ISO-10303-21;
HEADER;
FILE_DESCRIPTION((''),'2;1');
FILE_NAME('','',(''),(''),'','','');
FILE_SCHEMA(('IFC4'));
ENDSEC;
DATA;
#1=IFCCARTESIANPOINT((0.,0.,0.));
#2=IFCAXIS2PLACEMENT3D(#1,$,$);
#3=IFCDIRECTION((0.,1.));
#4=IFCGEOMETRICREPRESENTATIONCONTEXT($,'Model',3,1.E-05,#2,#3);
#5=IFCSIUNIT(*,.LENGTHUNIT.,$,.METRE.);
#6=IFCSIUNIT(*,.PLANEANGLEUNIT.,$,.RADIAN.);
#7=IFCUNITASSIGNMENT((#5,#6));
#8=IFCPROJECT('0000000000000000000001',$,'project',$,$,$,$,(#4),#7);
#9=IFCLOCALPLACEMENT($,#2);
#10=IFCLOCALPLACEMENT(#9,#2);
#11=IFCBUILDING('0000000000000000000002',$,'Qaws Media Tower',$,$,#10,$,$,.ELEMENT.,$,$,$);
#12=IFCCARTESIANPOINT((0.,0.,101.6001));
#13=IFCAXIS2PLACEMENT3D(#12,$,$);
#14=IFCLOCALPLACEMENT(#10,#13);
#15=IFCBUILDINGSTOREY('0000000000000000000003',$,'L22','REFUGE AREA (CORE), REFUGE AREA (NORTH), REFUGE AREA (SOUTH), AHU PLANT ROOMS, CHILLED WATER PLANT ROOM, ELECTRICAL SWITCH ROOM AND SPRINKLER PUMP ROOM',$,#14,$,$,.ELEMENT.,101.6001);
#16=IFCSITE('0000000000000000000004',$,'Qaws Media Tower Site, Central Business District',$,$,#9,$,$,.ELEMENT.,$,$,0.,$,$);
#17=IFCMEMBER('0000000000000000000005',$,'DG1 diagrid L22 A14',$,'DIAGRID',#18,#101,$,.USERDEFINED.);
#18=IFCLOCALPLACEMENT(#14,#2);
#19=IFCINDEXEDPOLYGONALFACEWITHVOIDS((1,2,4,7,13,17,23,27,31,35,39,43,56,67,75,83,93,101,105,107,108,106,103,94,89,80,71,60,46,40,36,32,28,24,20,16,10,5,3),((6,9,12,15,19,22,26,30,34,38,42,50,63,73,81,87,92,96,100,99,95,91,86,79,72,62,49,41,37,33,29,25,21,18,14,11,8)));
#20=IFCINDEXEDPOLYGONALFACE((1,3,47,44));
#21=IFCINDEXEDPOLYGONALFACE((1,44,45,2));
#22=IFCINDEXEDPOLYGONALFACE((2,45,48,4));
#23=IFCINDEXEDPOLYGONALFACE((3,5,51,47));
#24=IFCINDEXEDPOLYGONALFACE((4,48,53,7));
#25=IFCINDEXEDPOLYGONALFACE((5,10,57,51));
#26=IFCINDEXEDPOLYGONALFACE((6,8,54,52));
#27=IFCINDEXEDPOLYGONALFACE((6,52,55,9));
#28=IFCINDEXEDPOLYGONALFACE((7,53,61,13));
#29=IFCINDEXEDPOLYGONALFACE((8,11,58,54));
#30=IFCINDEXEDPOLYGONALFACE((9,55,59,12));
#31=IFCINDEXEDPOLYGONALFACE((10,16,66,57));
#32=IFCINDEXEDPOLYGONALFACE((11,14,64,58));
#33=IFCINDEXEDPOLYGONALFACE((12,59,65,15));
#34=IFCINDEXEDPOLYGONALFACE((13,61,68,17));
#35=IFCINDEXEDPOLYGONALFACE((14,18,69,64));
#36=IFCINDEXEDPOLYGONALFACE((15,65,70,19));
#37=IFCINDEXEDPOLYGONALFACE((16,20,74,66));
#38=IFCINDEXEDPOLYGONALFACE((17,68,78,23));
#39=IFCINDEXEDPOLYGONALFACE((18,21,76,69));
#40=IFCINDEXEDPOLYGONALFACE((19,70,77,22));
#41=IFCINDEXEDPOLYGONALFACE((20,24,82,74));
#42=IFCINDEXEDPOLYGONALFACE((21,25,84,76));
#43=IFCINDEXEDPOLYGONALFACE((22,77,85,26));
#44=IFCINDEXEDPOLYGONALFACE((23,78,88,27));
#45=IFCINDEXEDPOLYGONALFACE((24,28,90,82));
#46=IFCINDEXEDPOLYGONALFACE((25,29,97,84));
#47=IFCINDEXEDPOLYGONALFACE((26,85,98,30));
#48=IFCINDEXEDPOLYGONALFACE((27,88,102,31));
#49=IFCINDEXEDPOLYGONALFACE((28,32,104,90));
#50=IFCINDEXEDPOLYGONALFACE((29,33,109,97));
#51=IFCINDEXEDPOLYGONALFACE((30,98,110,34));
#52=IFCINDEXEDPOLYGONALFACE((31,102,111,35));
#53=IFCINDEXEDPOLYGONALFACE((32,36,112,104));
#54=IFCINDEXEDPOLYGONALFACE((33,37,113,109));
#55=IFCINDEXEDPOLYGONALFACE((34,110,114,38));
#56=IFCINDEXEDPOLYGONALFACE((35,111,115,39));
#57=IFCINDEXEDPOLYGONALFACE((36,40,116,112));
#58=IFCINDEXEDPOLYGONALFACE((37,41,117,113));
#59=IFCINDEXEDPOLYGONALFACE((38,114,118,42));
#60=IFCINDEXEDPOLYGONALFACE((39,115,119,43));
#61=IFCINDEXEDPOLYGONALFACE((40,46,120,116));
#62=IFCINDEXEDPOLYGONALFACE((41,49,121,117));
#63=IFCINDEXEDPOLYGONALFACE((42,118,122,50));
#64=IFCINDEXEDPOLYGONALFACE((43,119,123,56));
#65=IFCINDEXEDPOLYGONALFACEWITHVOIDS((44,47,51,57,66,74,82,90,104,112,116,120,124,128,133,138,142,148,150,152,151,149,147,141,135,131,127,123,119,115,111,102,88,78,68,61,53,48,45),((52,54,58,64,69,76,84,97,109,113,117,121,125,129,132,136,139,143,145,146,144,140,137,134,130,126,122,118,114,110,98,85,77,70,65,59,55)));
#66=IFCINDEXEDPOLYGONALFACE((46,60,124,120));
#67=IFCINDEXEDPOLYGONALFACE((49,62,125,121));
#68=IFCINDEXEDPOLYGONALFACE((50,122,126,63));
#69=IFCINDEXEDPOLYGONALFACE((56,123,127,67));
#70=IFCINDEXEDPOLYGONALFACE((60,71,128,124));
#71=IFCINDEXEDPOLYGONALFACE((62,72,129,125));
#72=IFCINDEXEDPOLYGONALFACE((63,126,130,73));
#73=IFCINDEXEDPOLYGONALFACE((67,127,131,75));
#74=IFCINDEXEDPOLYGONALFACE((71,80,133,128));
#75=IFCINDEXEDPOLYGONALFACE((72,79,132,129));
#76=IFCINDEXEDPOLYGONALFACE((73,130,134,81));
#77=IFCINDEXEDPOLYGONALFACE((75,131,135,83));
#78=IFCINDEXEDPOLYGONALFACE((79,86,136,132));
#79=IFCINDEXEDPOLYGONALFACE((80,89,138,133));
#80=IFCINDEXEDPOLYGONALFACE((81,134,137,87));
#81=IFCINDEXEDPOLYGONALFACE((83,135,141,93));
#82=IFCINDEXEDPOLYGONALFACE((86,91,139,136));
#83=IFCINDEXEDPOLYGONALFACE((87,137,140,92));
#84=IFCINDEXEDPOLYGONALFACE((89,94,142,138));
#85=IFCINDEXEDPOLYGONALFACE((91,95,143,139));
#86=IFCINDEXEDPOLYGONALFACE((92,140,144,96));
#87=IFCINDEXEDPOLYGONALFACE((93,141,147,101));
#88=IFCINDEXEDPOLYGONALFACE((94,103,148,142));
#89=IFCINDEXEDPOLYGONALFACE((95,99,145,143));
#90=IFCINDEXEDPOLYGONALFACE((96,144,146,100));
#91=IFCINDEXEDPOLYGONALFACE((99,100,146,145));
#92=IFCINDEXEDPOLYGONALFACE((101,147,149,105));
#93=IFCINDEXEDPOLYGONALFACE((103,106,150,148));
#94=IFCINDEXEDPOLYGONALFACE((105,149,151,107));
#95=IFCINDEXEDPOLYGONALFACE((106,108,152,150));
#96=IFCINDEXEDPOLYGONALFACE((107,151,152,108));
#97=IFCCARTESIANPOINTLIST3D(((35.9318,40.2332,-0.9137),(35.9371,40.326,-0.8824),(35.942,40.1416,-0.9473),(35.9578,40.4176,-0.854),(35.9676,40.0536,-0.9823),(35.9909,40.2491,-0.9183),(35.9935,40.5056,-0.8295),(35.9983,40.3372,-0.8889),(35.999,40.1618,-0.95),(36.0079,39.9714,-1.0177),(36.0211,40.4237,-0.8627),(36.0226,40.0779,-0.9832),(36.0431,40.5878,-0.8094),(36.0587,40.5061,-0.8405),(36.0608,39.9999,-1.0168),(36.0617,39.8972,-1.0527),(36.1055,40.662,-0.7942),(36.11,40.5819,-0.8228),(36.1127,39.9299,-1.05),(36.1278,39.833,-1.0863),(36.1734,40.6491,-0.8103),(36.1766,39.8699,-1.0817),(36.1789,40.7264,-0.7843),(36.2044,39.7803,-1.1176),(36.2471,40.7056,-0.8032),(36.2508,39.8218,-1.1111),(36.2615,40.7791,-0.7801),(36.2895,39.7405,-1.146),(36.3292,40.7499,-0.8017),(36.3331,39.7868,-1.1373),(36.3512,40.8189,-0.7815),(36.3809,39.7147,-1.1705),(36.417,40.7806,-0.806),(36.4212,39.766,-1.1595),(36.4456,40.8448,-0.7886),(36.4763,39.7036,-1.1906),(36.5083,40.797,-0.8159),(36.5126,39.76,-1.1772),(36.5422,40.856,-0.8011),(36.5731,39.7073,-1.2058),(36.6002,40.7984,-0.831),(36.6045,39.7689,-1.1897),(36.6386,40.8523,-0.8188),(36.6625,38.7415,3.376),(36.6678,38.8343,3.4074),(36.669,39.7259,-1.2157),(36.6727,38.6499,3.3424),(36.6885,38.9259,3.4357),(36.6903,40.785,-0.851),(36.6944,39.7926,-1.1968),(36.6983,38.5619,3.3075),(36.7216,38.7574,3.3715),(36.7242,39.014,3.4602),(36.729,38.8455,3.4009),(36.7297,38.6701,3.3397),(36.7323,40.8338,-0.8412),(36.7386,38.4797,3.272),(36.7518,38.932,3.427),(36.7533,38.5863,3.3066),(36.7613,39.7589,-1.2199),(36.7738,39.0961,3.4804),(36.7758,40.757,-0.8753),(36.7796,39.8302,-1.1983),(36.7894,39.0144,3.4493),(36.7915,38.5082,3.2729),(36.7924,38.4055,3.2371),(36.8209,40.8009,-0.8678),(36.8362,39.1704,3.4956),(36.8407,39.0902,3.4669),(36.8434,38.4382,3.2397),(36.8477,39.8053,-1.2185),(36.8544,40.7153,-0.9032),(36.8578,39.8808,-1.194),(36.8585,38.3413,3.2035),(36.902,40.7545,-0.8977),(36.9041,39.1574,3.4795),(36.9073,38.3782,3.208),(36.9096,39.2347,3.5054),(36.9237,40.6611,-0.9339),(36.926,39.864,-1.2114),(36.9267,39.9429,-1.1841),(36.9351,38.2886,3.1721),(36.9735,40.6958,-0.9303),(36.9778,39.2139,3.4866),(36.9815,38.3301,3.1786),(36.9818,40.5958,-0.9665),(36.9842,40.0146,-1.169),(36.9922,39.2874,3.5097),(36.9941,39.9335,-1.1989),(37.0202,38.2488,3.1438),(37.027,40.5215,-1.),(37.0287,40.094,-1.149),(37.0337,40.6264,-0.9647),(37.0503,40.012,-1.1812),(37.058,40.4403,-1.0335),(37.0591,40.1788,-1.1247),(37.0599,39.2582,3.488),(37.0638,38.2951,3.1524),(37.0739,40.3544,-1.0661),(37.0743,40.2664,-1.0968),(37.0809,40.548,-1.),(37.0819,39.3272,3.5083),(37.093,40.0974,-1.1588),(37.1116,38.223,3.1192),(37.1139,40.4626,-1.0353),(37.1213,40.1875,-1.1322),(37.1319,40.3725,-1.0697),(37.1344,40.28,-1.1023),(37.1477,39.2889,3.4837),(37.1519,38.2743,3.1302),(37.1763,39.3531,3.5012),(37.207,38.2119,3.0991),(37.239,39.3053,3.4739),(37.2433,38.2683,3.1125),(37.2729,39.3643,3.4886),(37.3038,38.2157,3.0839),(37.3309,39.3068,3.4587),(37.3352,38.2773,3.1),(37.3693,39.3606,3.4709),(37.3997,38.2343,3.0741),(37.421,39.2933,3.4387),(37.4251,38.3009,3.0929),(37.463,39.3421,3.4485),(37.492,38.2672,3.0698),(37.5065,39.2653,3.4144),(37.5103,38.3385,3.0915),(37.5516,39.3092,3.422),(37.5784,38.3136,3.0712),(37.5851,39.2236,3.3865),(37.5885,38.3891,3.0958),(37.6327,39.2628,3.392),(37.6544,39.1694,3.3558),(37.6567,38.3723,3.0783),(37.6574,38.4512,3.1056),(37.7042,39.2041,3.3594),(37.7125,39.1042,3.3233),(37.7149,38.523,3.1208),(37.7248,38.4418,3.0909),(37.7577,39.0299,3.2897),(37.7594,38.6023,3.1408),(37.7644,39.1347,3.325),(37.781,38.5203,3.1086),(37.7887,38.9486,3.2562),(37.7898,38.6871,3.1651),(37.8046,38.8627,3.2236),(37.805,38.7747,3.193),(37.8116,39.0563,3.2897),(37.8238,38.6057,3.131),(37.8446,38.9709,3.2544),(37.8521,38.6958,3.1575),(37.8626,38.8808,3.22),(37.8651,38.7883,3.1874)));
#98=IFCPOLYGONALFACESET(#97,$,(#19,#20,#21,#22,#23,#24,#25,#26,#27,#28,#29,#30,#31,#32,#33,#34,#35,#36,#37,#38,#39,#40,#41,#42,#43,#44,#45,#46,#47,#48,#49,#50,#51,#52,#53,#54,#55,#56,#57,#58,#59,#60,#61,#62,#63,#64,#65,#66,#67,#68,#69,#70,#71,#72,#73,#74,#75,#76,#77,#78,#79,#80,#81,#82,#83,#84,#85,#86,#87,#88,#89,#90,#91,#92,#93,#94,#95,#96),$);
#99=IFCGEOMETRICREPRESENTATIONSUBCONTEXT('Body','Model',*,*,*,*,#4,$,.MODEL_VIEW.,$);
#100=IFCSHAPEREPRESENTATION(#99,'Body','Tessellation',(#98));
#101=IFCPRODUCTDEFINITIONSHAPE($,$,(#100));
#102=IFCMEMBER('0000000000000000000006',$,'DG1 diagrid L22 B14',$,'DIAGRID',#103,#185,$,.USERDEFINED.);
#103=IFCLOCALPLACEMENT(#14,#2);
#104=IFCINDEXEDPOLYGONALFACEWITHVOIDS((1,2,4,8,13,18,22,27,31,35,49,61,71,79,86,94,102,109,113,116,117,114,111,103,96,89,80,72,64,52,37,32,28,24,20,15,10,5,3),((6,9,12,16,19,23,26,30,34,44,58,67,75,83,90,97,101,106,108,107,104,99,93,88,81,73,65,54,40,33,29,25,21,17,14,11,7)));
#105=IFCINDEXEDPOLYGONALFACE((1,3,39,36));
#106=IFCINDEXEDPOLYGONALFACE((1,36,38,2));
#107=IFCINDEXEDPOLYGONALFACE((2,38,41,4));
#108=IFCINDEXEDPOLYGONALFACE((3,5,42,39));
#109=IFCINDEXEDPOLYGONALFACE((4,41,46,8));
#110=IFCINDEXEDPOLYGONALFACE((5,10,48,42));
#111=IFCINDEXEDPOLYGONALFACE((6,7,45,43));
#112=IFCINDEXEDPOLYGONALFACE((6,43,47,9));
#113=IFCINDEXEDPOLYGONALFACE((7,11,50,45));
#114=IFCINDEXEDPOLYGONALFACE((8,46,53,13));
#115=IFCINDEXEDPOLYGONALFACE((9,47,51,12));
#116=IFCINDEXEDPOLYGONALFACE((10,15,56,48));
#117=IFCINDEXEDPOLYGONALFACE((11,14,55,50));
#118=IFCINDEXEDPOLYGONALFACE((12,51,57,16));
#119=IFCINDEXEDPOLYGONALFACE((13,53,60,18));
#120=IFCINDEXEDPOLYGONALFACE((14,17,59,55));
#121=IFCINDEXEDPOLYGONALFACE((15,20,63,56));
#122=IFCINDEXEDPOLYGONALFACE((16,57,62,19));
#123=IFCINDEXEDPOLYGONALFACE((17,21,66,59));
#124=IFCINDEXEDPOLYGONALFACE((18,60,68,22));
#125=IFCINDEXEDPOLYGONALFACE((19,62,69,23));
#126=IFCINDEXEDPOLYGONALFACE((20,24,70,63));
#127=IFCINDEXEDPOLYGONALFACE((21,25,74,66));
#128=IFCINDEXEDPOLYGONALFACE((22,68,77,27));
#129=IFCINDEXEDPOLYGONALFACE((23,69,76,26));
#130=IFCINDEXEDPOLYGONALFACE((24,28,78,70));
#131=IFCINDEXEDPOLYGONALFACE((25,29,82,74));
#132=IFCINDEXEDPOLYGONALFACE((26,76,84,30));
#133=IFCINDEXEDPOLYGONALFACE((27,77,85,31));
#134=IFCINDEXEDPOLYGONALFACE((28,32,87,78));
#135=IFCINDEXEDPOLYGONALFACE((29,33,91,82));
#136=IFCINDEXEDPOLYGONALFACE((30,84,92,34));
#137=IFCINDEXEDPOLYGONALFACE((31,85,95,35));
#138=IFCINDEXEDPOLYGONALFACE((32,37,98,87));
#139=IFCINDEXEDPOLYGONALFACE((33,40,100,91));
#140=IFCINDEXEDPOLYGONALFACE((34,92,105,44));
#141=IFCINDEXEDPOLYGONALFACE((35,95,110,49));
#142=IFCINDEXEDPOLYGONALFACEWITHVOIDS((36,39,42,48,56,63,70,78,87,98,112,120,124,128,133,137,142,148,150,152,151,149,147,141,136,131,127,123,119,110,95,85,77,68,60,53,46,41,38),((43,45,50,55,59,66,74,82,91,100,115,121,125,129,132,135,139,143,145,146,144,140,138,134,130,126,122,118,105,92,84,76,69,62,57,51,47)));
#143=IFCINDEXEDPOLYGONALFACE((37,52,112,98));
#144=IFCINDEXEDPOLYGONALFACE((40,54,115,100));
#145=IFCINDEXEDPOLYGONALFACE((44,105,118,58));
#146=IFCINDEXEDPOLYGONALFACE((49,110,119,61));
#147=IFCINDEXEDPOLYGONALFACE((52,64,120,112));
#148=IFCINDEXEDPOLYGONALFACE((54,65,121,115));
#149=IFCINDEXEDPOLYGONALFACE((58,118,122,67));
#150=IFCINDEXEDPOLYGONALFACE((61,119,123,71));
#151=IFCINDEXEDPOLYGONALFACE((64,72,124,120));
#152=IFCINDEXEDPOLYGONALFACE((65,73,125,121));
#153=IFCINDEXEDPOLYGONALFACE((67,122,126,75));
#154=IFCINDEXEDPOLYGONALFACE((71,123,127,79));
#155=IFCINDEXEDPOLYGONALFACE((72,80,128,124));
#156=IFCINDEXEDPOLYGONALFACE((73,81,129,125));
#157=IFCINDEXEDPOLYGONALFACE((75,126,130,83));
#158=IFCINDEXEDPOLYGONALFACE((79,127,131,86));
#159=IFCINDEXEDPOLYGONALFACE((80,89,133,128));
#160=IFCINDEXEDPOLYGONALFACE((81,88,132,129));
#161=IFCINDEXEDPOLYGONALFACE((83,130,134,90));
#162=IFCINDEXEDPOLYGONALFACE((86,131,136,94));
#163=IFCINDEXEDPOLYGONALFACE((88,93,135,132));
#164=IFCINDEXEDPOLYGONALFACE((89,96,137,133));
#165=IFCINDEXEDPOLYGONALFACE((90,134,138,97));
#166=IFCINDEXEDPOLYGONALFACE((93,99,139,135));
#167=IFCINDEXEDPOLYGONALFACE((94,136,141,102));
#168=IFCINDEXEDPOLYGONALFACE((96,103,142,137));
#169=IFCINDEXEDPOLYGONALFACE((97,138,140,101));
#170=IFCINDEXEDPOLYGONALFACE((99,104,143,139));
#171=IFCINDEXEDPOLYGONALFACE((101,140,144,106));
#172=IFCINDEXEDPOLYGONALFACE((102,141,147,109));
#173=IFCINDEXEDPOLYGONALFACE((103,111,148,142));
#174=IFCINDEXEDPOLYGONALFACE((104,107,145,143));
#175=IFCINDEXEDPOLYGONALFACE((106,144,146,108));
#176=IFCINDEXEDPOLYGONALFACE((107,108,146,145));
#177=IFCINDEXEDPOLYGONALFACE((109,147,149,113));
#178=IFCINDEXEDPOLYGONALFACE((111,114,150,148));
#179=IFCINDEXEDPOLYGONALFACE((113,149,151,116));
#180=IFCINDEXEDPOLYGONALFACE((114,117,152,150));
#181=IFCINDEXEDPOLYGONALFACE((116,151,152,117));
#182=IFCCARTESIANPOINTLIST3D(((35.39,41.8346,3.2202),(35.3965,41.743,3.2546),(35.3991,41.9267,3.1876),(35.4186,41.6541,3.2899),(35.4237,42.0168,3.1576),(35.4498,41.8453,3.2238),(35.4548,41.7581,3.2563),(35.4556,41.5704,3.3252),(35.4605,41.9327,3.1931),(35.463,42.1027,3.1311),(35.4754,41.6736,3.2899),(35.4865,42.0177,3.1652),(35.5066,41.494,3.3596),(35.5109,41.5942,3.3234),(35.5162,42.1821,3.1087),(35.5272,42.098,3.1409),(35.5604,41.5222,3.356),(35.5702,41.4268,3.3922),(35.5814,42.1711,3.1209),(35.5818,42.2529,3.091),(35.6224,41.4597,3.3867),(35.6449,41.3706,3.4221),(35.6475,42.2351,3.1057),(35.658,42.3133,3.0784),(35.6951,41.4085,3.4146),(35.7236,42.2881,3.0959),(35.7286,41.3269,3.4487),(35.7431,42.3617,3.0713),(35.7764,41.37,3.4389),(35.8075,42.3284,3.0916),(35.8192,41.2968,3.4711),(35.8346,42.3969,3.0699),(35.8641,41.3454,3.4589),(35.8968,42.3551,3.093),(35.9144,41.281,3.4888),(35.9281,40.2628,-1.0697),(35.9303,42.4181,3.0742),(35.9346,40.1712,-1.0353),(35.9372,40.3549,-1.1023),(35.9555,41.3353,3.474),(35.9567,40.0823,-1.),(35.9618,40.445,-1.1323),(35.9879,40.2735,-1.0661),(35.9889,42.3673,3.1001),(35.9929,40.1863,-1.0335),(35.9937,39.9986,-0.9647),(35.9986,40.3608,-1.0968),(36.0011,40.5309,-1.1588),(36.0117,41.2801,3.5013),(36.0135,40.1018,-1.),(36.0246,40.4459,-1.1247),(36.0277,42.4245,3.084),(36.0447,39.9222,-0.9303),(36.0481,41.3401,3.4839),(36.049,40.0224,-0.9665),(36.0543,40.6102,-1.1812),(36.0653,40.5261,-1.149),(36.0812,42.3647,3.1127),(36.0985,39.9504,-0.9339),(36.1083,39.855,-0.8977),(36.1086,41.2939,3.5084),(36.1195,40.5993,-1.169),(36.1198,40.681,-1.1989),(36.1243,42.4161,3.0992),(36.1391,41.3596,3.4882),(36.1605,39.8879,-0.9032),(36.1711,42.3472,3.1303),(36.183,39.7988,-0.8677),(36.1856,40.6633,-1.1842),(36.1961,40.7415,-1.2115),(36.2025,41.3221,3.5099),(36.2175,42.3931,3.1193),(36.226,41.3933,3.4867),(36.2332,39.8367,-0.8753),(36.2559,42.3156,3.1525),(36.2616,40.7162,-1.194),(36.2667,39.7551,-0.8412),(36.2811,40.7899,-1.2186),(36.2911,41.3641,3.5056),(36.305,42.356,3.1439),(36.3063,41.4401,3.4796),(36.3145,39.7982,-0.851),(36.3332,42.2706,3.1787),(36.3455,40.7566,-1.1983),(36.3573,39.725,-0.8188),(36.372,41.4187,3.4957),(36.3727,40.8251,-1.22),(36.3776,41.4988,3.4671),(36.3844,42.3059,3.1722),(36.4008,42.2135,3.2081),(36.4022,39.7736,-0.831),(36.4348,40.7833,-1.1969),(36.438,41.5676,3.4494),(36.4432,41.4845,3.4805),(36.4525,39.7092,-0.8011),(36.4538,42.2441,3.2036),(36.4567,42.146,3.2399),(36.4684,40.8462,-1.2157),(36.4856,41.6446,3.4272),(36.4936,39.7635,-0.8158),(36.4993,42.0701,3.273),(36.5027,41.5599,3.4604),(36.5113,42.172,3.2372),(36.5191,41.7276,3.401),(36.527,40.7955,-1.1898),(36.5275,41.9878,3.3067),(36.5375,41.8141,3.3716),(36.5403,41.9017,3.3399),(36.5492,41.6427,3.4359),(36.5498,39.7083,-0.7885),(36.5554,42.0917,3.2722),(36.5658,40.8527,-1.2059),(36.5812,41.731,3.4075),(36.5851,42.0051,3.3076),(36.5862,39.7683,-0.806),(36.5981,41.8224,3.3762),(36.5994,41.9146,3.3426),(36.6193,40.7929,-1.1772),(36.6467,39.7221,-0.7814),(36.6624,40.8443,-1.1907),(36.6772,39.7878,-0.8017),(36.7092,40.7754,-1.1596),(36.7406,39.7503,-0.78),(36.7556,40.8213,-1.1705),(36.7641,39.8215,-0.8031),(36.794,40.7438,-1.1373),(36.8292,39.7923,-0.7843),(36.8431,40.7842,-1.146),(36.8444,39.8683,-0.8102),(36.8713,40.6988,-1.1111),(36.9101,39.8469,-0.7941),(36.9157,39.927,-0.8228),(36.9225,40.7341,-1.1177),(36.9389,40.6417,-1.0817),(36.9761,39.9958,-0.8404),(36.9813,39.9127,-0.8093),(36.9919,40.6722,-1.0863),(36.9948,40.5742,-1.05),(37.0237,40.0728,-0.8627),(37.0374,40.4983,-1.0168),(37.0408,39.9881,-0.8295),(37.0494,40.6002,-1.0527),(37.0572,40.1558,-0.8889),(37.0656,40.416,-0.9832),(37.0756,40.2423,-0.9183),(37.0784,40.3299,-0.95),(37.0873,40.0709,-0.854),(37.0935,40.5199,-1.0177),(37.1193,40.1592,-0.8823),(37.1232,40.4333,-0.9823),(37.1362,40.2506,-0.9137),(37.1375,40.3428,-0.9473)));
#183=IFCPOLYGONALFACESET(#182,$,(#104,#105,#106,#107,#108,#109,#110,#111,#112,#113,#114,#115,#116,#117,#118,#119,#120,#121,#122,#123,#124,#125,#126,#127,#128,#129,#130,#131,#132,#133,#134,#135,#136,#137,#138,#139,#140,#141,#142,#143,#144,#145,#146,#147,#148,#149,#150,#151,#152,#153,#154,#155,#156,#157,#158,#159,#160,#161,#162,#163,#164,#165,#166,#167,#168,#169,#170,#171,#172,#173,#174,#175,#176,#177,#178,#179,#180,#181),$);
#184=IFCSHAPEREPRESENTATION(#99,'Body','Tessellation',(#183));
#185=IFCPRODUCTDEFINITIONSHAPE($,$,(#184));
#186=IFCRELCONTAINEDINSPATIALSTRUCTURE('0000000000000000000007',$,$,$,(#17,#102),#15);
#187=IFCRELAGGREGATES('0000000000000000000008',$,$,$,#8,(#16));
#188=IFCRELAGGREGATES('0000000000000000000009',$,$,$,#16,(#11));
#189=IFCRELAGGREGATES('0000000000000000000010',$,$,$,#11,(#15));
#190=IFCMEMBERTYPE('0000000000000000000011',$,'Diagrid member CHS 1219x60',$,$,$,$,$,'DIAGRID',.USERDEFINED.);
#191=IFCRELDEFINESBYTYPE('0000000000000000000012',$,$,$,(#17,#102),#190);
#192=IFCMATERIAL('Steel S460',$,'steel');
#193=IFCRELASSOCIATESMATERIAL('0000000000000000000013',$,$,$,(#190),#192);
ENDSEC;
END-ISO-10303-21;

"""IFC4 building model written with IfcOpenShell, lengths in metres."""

from ifc_helpers import new_model, si_unit, direction, frame, origin, origin_2d, place, context, subcontext, project, spatial, hollow_circle, extrude, material, material_profile, profile_set, type_object, element, save


model = new_model("IFC4")

# Units and contexts
model_context = context("Model", 3, precision=1e-05, world=origin(), true_north=direction((0.0, 1.0)))
body_context = subcontext(model_context, "Body", "Model", "MODEL_VIEW")
ifc_project = project(units=[si_unit("LENGTHUNIT", "METRE"), si_unit("PLANEANGLEUNIT", "RADIAN")], contexts=[model_context])

# Site, building, storey
site_placement = place(None, origin())
site = spatial("IfcSite", under=ifc_project, at=site_placement, Name="Qaws Media Tower Site, Central Business District", CompositionType="ELEMENT", RefElevation=0.0)
building_placement = place(site_placement, origin())
building = spatial("IfcBuilding", under=site, at=building_placement, Name="Qaws Media Tower", CompositionType="ELEMENT")
storey_placement = place(building_placement, frame((0.0, 0.0, 101.6001)))
storey = spatial("IfcBuildingStorey", under=building, at=storey_placement, Name="L22", Description="REFUGE AREA (CORE), REFUGE AREA (NORTH), REFUGE AREA (SOUTH), AHU PLANT ROOMS, CHILLED WATER PLANT ROOM, ELECTRICAL SWITCH ROOM AND SPRINKLER PUMP ROOM", CompositionType="ELEMENT", Elevation=101.6001)

# Members
ifc_material_1 = material(Name="Steel S460", Category="steel")
ifc_material_profile_1 = material_profile(ifc_material_1, hollow_circle(Radius=0.6096, WallThickness=0.0601, at=origin_2d()), Name="CHS 1219x60")
ifc_profile_set_1 = profile_set([ifc_material_profile_1], Name="Steel S460")
member_type = type_object("IfcMemberType", Name="Diagrid member CHS 1219x60", ElementType="DIAGRID", PredefinedType="USERDEFINED", material=ifc_profile_set_1)
member_1_placement = place(storey_placement, frame((36.5334, 40.2798, -1.0), z_axis=(0.158845, -0.324271, 0.932532), x_axis=(0.898043, 0.439909, 0.0)))
element("IfcMember", 1, at=member_1_placement, inside=storey, type_object=member_type, Name="DG1 diagrid L22 A14", ObjectType="DIAGRID", PredefinedType="USERDEFINED", context=body_context, shape_type="SweptSolid", body=[
    extrude(hollow_circle(Radius=0.6096, WallThickness=0.0601, at=origin_2d()), origin(), (0.0, 0.0, 1.0), 4.6001),
])
member_2_placement = place(storey_placement, frame((36.5334, 40.2798, -1.0), z_axis=(-0.116969, 0.341672, 0.932512), x_axis=(-0.946095, -0.323888, 0.0)))
element("IfcMember", 2, at=member_2_placement, inside=storey, type_object=member_type, Name="DG1 diagrid L22 B14", ObjectType="DIAGRID", PredefinedType="USERDEFINED", context=body_context, shape_type="SweptSolid", body=[
    extrude(hollow_circle(Radius=0.6096, WallThickness=0.0601, at=origin_2d()), origin(), (0.0, 0.0, 1.0), 4.6003),
])

save(model, "model.ifc")
